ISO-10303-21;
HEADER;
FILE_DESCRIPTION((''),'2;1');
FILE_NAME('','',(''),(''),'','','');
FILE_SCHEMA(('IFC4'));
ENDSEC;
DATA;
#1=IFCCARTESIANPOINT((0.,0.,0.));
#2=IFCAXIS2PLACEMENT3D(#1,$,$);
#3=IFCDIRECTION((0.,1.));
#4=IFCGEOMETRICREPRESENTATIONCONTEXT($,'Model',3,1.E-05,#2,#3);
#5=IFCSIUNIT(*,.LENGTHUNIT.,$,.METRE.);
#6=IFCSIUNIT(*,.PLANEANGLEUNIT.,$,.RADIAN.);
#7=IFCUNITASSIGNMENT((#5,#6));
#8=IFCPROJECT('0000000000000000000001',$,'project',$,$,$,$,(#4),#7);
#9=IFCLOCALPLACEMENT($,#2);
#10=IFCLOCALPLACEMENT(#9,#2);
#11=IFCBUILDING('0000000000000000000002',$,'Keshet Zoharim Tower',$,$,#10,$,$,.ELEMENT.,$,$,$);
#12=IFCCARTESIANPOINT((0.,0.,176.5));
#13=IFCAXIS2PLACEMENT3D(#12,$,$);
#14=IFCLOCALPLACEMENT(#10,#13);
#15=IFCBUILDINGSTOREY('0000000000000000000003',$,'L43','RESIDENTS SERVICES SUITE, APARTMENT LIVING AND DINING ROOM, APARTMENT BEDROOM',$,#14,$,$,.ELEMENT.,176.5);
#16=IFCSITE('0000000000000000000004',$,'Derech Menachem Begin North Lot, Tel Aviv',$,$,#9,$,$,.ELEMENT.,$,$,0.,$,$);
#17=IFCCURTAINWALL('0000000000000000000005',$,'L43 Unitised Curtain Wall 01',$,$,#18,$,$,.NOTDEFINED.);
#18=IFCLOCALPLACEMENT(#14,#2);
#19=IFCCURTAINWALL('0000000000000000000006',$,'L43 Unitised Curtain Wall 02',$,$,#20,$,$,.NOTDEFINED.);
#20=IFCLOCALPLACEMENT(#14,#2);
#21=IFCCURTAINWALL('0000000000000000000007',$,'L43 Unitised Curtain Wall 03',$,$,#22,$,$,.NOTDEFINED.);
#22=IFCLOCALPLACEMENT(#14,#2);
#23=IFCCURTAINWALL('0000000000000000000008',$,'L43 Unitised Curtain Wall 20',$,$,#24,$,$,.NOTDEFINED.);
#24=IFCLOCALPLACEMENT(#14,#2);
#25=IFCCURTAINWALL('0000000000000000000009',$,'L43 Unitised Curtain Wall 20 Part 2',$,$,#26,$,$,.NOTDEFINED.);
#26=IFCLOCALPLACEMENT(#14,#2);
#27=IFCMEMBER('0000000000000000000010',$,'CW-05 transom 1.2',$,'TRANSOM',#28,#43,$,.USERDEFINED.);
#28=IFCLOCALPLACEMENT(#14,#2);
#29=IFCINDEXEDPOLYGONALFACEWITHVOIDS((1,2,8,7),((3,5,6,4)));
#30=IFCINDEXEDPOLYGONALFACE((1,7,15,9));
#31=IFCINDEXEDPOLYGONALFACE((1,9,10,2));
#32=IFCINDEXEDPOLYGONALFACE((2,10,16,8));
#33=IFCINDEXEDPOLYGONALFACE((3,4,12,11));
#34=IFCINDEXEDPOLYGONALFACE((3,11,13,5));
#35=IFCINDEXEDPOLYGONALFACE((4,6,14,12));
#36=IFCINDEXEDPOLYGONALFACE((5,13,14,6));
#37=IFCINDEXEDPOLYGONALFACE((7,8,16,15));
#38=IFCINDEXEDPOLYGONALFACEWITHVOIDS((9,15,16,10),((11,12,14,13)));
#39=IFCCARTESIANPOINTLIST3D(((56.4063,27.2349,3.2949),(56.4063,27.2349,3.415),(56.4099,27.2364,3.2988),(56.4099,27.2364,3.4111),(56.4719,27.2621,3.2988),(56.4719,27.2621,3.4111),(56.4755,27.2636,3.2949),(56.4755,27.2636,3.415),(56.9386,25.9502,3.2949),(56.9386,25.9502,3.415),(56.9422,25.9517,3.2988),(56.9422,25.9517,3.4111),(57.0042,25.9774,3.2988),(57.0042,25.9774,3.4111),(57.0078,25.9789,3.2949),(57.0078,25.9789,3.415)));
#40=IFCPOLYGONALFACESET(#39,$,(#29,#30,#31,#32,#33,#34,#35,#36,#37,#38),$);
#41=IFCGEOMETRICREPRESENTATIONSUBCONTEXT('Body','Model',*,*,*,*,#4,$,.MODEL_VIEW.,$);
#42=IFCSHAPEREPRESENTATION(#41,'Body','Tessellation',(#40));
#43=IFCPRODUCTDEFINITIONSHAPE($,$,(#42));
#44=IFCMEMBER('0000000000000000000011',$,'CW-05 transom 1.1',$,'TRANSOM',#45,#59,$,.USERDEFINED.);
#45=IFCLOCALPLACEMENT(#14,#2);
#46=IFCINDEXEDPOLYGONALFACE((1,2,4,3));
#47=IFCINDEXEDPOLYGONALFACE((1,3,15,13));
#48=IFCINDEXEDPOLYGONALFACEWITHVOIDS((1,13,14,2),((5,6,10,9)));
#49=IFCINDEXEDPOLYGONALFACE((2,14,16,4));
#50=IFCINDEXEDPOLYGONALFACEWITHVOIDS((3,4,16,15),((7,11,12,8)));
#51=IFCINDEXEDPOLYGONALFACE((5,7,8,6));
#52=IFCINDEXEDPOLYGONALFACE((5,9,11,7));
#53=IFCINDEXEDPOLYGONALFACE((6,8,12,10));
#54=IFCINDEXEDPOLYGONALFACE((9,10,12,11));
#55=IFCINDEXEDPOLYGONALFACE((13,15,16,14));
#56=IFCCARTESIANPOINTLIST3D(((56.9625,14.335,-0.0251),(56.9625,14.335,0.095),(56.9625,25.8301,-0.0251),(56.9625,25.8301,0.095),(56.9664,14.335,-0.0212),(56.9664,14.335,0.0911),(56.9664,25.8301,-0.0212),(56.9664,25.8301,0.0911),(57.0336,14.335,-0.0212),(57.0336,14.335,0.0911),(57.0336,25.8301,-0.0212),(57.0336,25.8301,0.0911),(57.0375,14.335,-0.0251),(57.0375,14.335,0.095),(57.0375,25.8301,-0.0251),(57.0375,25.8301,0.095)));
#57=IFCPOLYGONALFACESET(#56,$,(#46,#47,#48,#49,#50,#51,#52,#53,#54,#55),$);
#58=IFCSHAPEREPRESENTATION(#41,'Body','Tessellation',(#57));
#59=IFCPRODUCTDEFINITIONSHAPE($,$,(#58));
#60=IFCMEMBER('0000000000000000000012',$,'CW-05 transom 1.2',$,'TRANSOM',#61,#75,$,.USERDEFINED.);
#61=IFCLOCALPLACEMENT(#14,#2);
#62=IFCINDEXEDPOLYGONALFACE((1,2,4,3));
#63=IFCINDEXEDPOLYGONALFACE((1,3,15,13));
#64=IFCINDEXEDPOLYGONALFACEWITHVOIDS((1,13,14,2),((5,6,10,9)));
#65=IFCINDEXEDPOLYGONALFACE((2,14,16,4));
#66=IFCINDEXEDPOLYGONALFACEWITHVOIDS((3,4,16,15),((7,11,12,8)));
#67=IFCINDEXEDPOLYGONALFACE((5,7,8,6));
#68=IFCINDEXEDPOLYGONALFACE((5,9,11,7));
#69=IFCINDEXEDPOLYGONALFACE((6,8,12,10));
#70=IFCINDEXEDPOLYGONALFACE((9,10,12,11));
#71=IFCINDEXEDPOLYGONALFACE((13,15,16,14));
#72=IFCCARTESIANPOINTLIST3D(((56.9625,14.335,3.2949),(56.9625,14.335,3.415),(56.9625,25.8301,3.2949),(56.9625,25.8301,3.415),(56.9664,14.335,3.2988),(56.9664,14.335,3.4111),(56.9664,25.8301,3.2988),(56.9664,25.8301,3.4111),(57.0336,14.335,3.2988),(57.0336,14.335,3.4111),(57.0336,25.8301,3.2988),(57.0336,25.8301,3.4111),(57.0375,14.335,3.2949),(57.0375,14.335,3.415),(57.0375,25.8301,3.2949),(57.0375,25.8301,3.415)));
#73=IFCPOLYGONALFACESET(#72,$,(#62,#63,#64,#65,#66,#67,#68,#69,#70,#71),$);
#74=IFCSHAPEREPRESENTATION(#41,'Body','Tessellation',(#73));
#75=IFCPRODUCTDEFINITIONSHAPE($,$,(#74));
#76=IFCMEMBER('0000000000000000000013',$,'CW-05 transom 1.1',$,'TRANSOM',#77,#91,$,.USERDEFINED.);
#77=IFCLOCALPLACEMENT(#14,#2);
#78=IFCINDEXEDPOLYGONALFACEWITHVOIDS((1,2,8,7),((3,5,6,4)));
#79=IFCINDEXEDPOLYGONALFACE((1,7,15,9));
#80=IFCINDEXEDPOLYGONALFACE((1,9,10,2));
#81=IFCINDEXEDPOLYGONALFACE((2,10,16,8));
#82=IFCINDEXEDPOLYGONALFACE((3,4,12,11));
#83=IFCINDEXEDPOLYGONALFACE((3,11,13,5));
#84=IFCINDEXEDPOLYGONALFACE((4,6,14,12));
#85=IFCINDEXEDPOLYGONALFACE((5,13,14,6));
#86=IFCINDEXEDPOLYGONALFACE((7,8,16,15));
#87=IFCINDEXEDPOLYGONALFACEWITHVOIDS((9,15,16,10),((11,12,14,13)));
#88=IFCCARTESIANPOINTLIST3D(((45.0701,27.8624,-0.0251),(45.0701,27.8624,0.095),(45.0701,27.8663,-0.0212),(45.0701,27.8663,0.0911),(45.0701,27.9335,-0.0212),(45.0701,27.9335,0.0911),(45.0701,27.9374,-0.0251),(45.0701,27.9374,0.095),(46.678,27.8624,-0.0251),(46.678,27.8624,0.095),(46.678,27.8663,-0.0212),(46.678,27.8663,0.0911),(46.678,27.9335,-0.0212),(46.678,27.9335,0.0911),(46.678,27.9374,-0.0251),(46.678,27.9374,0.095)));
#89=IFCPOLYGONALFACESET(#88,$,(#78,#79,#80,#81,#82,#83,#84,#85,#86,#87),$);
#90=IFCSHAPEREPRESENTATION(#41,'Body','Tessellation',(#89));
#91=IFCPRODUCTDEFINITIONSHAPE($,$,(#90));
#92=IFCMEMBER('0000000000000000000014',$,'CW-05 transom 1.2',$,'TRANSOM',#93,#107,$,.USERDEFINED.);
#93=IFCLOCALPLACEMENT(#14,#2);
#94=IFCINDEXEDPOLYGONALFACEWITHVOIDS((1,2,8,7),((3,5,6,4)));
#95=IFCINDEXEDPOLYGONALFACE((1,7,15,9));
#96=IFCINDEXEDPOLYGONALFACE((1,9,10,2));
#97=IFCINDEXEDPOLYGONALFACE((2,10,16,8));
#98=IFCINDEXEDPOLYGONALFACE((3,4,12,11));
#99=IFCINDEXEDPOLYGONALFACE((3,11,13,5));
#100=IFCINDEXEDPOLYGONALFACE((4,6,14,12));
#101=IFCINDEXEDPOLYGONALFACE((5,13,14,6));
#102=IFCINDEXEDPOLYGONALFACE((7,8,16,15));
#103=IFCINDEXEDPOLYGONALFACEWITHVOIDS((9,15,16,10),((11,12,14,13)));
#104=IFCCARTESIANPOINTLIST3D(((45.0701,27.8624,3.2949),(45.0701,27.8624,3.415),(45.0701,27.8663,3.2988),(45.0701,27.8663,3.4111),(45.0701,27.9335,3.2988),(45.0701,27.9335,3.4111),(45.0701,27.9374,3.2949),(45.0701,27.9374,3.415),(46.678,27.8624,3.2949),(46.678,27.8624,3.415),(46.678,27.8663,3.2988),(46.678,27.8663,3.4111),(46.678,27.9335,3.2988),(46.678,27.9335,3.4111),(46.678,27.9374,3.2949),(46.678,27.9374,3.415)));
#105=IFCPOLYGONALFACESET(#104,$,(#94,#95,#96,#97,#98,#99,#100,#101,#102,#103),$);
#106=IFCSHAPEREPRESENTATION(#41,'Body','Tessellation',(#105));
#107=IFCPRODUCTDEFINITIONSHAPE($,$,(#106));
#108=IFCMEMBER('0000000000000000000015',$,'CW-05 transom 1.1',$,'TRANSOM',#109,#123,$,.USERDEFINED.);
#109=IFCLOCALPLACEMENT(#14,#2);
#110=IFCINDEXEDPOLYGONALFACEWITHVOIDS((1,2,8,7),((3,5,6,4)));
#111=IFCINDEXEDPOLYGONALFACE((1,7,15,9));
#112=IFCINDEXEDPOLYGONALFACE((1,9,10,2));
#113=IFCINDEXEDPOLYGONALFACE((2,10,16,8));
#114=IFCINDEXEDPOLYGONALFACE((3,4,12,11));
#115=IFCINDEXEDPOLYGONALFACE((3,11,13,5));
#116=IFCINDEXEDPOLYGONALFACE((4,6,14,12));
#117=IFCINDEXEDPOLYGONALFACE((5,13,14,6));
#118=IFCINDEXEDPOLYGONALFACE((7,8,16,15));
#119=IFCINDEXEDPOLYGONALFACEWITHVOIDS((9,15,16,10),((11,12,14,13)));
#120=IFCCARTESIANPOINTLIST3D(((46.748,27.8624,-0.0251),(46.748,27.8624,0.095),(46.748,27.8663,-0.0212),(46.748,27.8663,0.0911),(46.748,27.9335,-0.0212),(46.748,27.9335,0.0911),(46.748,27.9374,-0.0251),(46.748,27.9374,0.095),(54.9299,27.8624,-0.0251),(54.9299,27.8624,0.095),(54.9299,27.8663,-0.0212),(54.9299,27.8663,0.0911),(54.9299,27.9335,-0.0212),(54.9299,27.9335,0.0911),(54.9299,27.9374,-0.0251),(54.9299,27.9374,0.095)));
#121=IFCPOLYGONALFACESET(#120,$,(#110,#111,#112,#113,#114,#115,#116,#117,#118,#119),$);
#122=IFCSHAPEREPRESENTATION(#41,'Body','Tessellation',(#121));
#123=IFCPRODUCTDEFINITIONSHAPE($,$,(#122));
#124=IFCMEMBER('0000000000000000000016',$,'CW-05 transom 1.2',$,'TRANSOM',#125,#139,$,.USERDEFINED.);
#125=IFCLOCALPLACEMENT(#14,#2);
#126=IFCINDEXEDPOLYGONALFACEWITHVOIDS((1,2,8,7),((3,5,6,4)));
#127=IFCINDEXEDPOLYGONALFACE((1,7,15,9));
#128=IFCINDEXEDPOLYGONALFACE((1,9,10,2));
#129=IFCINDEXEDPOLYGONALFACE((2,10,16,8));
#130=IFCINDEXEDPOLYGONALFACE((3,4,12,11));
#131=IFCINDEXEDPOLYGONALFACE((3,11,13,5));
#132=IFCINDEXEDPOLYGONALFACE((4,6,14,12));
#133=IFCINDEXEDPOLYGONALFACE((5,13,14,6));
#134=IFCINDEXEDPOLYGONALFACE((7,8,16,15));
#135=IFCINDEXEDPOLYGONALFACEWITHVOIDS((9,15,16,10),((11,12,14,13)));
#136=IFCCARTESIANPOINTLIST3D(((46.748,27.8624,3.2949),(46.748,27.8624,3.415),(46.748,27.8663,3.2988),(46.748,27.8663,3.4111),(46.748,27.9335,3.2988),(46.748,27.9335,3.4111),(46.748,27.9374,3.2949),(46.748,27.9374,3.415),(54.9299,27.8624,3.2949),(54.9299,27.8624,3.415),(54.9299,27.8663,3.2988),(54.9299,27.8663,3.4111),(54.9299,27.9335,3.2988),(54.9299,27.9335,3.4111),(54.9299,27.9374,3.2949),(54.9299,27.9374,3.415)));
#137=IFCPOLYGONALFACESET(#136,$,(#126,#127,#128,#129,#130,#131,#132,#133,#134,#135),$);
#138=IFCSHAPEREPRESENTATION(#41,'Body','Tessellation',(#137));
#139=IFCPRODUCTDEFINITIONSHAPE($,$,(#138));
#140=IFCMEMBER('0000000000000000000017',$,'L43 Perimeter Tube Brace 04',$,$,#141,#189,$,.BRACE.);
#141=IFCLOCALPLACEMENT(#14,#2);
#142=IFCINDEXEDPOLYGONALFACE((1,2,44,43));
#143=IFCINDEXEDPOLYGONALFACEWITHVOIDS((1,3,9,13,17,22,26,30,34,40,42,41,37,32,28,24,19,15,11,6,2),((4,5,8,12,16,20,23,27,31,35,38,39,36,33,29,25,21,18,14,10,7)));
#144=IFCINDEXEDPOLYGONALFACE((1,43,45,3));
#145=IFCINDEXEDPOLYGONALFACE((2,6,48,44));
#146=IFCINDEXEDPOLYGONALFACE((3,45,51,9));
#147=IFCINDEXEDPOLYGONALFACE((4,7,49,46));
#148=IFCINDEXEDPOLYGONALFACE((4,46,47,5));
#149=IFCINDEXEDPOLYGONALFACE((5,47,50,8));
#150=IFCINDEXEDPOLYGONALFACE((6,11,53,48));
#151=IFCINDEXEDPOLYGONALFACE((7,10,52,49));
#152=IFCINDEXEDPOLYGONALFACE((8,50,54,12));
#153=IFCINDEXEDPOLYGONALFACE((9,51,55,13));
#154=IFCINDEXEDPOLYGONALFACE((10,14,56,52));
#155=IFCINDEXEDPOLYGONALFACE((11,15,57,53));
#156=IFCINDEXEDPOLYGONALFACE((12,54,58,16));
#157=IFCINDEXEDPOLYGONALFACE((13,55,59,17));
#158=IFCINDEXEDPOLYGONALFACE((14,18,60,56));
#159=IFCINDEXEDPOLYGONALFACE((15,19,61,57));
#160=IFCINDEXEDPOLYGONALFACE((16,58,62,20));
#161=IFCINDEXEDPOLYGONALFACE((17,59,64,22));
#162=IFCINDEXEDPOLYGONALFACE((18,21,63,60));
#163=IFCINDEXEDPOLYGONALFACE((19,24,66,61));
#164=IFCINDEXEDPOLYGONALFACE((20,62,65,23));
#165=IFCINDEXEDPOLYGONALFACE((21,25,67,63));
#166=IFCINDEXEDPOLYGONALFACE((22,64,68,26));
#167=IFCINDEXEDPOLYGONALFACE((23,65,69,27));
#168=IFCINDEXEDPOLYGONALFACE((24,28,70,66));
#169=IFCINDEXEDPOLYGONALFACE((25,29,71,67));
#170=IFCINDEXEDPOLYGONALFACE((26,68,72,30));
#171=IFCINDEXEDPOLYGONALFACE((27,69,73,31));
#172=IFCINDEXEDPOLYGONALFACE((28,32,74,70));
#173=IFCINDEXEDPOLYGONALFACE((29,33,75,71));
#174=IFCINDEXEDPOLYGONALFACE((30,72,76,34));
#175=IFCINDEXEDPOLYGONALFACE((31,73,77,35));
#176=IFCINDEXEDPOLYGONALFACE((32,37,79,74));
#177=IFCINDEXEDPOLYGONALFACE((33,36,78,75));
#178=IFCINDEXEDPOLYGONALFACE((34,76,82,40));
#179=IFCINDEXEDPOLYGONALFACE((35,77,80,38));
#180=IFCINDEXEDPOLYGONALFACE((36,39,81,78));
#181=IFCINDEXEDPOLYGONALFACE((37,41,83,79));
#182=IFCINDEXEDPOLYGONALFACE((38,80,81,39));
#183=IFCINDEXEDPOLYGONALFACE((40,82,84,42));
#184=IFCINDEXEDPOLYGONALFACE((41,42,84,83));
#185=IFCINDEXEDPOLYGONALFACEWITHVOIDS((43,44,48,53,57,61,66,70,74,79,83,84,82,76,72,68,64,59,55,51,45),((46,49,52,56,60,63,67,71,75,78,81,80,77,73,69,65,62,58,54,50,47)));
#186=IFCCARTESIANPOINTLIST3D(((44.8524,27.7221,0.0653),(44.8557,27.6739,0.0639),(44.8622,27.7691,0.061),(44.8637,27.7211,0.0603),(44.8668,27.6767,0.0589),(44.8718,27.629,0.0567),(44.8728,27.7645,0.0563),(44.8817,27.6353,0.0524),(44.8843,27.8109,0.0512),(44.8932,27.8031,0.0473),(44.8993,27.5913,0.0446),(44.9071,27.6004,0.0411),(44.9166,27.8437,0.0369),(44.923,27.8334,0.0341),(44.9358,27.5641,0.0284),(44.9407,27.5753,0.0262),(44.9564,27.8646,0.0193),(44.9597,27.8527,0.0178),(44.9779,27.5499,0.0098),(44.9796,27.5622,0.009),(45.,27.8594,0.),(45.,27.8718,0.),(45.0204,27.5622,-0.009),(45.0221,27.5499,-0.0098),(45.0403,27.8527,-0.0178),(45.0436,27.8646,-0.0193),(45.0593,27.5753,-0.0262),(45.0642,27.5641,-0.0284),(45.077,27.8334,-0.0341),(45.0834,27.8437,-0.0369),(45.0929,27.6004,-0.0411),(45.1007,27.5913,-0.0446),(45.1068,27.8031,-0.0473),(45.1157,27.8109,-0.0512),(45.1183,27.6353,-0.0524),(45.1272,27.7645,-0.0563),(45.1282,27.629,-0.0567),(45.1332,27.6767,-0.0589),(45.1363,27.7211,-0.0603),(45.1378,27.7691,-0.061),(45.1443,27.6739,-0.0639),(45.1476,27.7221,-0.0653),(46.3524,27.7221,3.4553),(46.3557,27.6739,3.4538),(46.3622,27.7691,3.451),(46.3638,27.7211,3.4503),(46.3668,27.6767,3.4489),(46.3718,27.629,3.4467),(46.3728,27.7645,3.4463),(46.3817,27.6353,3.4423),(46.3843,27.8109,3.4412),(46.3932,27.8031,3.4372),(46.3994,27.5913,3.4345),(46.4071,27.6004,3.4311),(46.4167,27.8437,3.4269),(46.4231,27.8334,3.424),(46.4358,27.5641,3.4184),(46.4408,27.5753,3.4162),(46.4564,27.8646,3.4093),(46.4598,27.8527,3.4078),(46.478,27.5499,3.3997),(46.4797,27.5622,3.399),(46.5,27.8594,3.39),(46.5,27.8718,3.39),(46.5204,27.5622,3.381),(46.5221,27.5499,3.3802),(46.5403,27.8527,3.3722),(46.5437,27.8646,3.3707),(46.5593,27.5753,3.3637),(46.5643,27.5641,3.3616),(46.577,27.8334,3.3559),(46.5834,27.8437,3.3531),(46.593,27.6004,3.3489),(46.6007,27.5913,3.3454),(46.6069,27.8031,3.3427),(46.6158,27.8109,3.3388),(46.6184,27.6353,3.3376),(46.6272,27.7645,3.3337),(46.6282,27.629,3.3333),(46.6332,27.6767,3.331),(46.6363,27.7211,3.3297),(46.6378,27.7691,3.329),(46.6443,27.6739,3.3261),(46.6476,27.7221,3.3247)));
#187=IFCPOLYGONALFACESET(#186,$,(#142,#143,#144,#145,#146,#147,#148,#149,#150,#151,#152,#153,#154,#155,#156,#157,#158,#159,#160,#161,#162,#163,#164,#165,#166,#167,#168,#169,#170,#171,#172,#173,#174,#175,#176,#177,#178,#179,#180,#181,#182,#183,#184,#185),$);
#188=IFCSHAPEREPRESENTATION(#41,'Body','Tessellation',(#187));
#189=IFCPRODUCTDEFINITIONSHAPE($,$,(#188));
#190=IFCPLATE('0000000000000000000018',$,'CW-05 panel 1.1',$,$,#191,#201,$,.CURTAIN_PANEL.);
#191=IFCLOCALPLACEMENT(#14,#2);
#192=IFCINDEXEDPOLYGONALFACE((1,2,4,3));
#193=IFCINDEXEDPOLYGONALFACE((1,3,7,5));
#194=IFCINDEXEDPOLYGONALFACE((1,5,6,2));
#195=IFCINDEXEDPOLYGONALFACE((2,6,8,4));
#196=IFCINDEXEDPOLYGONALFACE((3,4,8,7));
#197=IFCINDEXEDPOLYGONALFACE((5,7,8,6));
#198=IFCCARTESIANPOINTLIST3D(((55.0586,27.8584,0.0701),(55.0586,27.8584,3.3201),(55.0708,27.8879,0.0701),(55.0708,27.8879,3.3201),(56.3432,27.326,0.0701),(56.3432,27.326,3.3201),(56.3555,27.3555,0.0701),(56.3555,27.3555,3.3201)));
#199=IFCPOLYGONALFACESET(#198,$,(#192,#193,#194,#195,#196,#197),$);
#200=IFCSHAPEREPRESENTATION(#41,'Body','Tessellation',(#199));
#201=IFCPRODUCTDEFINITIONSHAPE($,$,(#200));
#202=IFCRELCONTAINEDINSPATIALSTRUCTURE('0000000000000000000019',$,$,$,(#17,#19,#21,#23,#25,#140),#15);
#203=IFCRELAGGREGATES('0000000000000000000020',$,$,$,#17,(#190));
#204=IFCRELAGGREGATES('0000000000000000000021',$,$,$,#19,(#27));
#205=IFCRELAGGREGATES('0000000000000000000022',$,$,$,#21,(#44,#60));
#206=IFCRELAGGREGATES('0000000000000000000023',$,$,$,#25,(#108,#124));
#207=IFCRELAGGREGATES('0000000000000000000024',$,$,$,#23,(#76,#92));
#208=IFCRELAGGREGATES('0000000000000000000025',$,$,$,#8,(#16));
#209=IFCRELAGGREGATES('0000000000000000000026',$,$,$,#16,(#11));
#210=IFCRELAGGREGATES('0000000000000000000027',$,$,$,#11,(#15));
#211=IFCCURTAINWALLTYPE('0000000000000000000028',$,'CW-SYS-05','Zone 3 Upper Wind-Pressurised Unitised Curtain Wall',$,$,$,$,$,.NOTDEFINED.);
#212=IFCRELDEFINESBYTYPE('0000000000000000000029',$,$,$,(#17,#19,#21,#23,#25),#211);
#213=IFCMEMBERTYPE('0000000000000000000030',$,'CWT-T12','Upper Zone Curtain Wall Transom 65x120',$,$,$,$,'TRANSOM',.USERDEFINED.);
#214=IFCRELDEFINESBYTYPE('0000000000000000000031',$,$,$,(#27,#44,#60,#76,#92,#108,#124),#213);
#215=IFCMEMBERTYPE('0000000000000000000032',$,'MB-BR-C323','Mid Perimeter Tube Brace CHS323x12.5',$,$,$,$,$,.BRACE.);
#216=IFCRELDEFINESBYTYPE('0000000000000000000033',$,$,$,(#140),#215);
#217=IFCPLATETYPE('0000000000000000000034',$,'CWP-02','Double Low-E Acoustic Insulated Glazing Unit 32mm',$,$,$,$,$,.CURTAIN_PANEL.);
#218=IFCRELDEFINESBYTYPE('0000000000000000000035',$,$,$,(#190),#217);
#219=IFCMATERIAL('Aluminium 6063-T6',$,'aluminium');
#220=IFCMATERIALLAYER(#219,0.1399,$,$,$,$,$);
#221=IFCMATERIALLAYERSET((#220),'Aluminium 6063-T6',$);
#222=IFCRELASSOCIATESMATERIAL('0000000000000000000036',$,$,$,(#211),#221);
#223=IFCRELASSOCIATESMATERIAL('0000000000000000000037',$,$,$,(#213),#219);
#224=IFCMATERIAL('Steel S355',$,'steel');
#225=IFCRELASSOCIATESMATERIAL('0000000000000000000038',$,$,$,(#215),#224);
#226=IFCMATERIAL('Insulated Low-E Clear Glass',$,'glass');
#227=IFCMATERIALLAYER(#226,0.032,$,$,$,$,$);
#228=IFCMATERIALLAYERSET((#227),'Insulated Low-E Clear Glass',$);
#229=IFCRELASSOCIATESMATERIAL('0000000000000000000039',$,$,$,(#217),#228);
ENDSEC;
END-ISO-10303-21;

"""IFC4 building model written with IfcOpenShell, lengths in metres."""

from ifc_helpers import new_model, si_unit, direction, frame, origin, origin_2d, place, context, subcontext, project, spatial, rectangle, hollow_rectangle, hollow_circle, extrude, material, layer, layer_set, material_profile, profile_set, type_object, element, aggregate, save


model = new_model("IFC4")

# Units and contexts
model_context = context("Model", 3, precision=1e-05, world=origin(), true_north=direction((0.0, 1.0)))
body_context = subcontext(model_context, "Body", "Model", "MODEL_VIEW")
ifc_project = project(units=[si_unit("LENGTHUNIT", "METRE"), si_unit("PLANEANGLEUNIT", "RADIAN")], contexts=[model_context])

# Site, building, storey
site_placement = place(None, origin())
site = spatial("IfcSite", under=ifc_project, at=site_placement, Name="Derech Menachem Begin North Lot, Tel Aviv", CompositionType="ELEMENT", RefElevation=0.0)
building_placement = place(site_placement, origin())
building = spatial("IfcBuilding", under=site, at=building_placement, Name="Keshet Zoharim Tower", CompositionType="ELEMENT")
storey_placement = place(building_placement, frame((0.0, 0.0, 176.5)))
storey = spatial("IfcBuildingStorey", under=building, at=storey_placement, Name="L43", Description="RESIDENTS SERVICES SUITE, APARTMENT LIVING AND DINING ROOM, APARTMENT BEDROOM", CompositionType="ELEMENT", Elevation=176.5)

# Shared definitions
ifc_material_1 = material(Name="Steel S355", Category="steel")

# Curtain walls
ifc_material_2 = material(Name="Aluminium 6063-T6", Category="aluminium")
ifc_layer_1 = layer(ifc_material_2, 0.1399)
ifc_layer_set_1 = layer_set([ifc_layer_1], Name="Aluminium 6063-T6")
curtain_wall_type = type_object("IfcCurtainWallType", Name="CW-SYS-05", Description="Zone 3 Upper Wind-Pressurised Unitised Curtain Wall", PredefinedType="NOTDEFINED", material=ifc_layer_set_1)
curtain_wall_1_placement = place(storey_placement, origin())
curtain_wall_1 = element("IfcCurtainWall", 1, at=curtain_wall_1_placement, inside=storey, type_object=curtain_wall_type, Name="L43 Unitised Curtain Wall 01", PredefinedType="NOTDEFINED")
curtain_wall_2_placement = place(storey_placement, origin())
curtain_wall_2 = element("IfcCurtainWall", 2, at=curtain_wall_2_placement, inside=storey, type_object=curtain_wall_type, Name="L43 Unitised Curtain Wall 02", PredefinedType="NOTDEFINED")

# Curtain wall
curtain_wall_3_placement = place(storey_placement, origin())
curtain_wall_3 = element("IfcCurtainWall", 3, at=curtain_wall_3_placement, inside=storey, type_object=curtain_wall_type, Name="L43 Unitised Curtain Wall 03", PredefinedType="NOTDEFINED")

# Curtain wall
curtain_wall_4_placement = place(storey_placement, origin())
curtain_wall_4 = element("IfcCurtainWall", 4, at=curtain_wall_4_placement, inside=storey, type_object=curtain_wall_type, Name="L43 Unitised Curtain Wall 20", PredefinedType="NOTDEFINED")

# Curtain wall
curtain_wall_5_placement = place(storey_placement, origin())
curtain_wall_5 = element("IfcCurtainWall", 5, at=curtain_wall_5_placement, inside=storey, type_object=curtain_wall_type, Name="L43 Unitised Curtain Wall 20 Part 2", PredefinedType="NOTDEFINED")

# Members
ifc_material_profile_1 = material_profile(ifc_material_2, hollow_rectangle(XDim=0.075, YDim=0.1201, WallThickness=0.0039, at=origin_2d()), Name="TRN-75x120")
ifc_profile_set_1 = profile_set([ifc_material_profile_1], Name="Aluminium 6063-T6")
member_type_1 = type_object("IfcMemberType", Name="CWT-T12", Description="Upper Zone Curtain Wall Transom 65x120", ElementType="TRANSOM", PredefinedType="USERDEFINED", material=ifc_profile_set_1)
member_1_placement = place(storey_placement, frame((56.4409, 27.2493, 3.355), z_axis=(0.382745, -0.923854, 0.0), x_axis=(0.923854, 0.382745, 0.0)))
member_1 = element("IfcMember", 6, at=member_1_placement, type_object=member_type_1, Name="CW-05 transom 1.2", ObjectType="TRANSOM", PredefinedType="USERDEFINED", context=body_context, shape_type="SweptSolid", body=[
    extrude(hollow_rectangle(XDim=0.075, YDim=0.1201, WallThickness=0.0039, at=origin_2d()), origin(), (0.0, 0.0, 1.0), 1.3906),
])
member_2_placement = place(storey_placement, frame((57.0, 25.8301, 0.0349), z_axis=(0.0, -1.0, 0.0), x_axis=(1.0, 0.0, 0.0)))
member_2 = element("IfcMember", 7, at=member_2_placement, type_object=member_type_1, Name="CW-05 transom 1.1", ObjectType="TRANSOM", PredefinedType="USERDEFINED", context=body_context, shape_type="SweptSolid", body=[
    extrude(hollow_rectangle(XDim=0.075, YDim=0.1201, WallThickness=0.0039, at=origin_2d()), origin(), (0.0, 0.0, 1.0), 11.4951),
])
member_3_placement = place(storey_placement, frame((57.0, 25.8301, 3.355), z_axis=(0.0, -1.0, 0.0), x_axis=(1.0, 0.0, 0.0)))
member_3 = element("IfcMember", 8, at=member_3_placement, type_object=member_type_1, Name="CW-05 transom 1.2", ObjectType="TRANSOM", PredefinedType="USERDEFINED", context=body_context, shape_type="SweptSolid", body=[
    extrude(hollow_rectangle(XDim=0.075, YDim=0.1201, WallThickness=0.0039, at=origin_2d()), origin(), (0.0, 0.0, 1.0), 11.4951),
])
member_4_placement = place(storey_placement, frame((45.0701, 27.8999, 0.0349), z_axis=(1.0, 0.0, 0.0), x_axis=(0.0, 1.0, 0.0)))
member_4 = element("IfcMember", 9, at=member_4_placement, type_object=member_type_1, Name="CW-05 transom 1.1", ObjectType="TRANSOM", PredefinedType="USERDEFINED", context=body_context, shape_type="SweptSolid", body=[
    extrude(hollow_rectangle(XDim=0.075, YDim=0.1201, WallThickness=0.0039, at=origin_2d()), origin(), (0.0, 0.0, 1.0), 1.6079),
])
member_5_placement = place(storey_placement, frame((45.0701, 27.8999, 3.355), z_axis=(1.0, 0.0, 0.0), x_axis=(0.0, 1.0, 0.0)))
member_5 = element("IfcMember", 10, at=member_5_placement, type_object=member_type_1, Name="CW-05 transom 1.2", ObjectType="TRANSOM", PredefinedType="USERDEFINED", context=body_context, shape_type="SweptSolid", body=[
    extrude(hollow_rectangle(XDim=0.075, YDim=0.1201, WallThickness=0.0039, at=origin_2d()), origin(), (0.0, 0.0, 1.0), 1.6079),
])
member_6_placement = place(storey_placement, frame((46.748, 27.8999, 0.0349), z_axis=(1.0, 0.0, 0.0), x_axis=(0.0, 1.0, 0.0)))
member_6 = element("IfcMember", 11, at=member_6_placement, type_object=member_type_1, Name="CW-05 transom 1.1", ObjectType="TRANSOM", PredefinedType="USERDEFINED", context=body_context, shape_type="SweptSolid", body=[
    extrude(hollow_rectangle(XDim=0.075, YDim=0.1201, WallThickness=0.0039, at=origin_2d()), origin(), (0.0, 0.0, 1.0), 8.1819),
])
member_7_placement = place(storey_placement, frame((46.748, 27.8999, 3.355), z_axis=(1.0, 0.0, 0.0), x_axis=(0.0, 1.0, 0.0)))
member_7 = element("IfcMember", 12, at=member_7_placement, type_object=member_type_1, Name="CW-05 transom 1.2", ObjectType="TRANSOM", PredefinedType="USERDEFINED", context=body_context, shape_type="SweptSolid", body=[
    extrude(hollow_rectangle(XDim=0.075, YDim=0.1201, WallThickness=0.0039, at=origin_2d()), origin(), (0.0, 0.0, 1.0), 8.1819),
])
ifc_material_profile_2 = material_profile(ifc_material_1, hollow_circle(Radius=0.1619, WallThickness=0.0125, at=origin_2d()), Name="CHS323x12.5")
ifc_profile_set_2 = profile_set([ifc_material_profile_2], Name="Steel S355")
member_type_2 = type_object("IfcMemberType", Name="MB-BR-C323", Description="Mid Perimeter Tube Brace CHS323x12.5", PredefinedType="BRACE", material=ifc_profile_set_2)
member_8_placement = place(storey_placement, frame((45.0, 27.71, 0.0), z_axis=(0.404647, 0.0, 0.914473), x_axis=(0.0, 1.0, 0.0)))
element("IfcMember", 13, at=member_8_placement, inside=storey, type_object=member_type_2, Name="L43 Perimeter Tube Brace 04", PredefinedType="BRACE", context=body_context, shape_type="SweptSolid", body=[
    extrude(hollow_circle(Radius=0.1619, WallThickness=0.0125, at=origin_2d()), origin(), (0.0, 0.0, 1.0), 3.707),
])

# Plate
ifc_material_3 = material(Name="Insulated Low-E Clear Glass", Category="glass")
ifc_layer_2 = layer(ifc_material_3, 0.032)
ifc_layer_set_2 = layer_set([ifc_layer_2], Name="Insulated Low-E Clear Glass")
plate_type_1 = type_object("IfcPlateType", Name="CWP-02", Description="Double Low-E Acoustic Insulated Glazing Unit 32mm", PredefinedType="CURTAIN_PANEL", material=ifc_layer_set_2)
plate_1_placement = place(storey_placement, frame((55.707, 27.6069, 0.0701), z_axis=(0.0, 0.0, 1.0), x_axis=(0.92381, -0.382852, 0.0)))
plate_1 = element("IfcPlate", 14, at=plate_1_placement, type_object=plate_type_1, Name="CW-05 panel 1.1", PredefinedType="CURTAIN_PANEL", context=body_context, shape_type="SweptSolid", body=[
    extrude(rectangle(XDim=1.3906, YDim=0.032, at=origin_2d()), origin(), (0.0, 0.0, 1.0), 3.25),
])
aggregate(curtain_wall_1, [plate_1])
aggregate(curtain_wall_2, [member_1])
aggregate(curtain_wall_3, [member_2, member_3])
aggregate(curtain_wall_5, [member_6, member_7])
aggregate(curtain_wall_4, [member_4, member_5])

save(model, "model.ifc")
